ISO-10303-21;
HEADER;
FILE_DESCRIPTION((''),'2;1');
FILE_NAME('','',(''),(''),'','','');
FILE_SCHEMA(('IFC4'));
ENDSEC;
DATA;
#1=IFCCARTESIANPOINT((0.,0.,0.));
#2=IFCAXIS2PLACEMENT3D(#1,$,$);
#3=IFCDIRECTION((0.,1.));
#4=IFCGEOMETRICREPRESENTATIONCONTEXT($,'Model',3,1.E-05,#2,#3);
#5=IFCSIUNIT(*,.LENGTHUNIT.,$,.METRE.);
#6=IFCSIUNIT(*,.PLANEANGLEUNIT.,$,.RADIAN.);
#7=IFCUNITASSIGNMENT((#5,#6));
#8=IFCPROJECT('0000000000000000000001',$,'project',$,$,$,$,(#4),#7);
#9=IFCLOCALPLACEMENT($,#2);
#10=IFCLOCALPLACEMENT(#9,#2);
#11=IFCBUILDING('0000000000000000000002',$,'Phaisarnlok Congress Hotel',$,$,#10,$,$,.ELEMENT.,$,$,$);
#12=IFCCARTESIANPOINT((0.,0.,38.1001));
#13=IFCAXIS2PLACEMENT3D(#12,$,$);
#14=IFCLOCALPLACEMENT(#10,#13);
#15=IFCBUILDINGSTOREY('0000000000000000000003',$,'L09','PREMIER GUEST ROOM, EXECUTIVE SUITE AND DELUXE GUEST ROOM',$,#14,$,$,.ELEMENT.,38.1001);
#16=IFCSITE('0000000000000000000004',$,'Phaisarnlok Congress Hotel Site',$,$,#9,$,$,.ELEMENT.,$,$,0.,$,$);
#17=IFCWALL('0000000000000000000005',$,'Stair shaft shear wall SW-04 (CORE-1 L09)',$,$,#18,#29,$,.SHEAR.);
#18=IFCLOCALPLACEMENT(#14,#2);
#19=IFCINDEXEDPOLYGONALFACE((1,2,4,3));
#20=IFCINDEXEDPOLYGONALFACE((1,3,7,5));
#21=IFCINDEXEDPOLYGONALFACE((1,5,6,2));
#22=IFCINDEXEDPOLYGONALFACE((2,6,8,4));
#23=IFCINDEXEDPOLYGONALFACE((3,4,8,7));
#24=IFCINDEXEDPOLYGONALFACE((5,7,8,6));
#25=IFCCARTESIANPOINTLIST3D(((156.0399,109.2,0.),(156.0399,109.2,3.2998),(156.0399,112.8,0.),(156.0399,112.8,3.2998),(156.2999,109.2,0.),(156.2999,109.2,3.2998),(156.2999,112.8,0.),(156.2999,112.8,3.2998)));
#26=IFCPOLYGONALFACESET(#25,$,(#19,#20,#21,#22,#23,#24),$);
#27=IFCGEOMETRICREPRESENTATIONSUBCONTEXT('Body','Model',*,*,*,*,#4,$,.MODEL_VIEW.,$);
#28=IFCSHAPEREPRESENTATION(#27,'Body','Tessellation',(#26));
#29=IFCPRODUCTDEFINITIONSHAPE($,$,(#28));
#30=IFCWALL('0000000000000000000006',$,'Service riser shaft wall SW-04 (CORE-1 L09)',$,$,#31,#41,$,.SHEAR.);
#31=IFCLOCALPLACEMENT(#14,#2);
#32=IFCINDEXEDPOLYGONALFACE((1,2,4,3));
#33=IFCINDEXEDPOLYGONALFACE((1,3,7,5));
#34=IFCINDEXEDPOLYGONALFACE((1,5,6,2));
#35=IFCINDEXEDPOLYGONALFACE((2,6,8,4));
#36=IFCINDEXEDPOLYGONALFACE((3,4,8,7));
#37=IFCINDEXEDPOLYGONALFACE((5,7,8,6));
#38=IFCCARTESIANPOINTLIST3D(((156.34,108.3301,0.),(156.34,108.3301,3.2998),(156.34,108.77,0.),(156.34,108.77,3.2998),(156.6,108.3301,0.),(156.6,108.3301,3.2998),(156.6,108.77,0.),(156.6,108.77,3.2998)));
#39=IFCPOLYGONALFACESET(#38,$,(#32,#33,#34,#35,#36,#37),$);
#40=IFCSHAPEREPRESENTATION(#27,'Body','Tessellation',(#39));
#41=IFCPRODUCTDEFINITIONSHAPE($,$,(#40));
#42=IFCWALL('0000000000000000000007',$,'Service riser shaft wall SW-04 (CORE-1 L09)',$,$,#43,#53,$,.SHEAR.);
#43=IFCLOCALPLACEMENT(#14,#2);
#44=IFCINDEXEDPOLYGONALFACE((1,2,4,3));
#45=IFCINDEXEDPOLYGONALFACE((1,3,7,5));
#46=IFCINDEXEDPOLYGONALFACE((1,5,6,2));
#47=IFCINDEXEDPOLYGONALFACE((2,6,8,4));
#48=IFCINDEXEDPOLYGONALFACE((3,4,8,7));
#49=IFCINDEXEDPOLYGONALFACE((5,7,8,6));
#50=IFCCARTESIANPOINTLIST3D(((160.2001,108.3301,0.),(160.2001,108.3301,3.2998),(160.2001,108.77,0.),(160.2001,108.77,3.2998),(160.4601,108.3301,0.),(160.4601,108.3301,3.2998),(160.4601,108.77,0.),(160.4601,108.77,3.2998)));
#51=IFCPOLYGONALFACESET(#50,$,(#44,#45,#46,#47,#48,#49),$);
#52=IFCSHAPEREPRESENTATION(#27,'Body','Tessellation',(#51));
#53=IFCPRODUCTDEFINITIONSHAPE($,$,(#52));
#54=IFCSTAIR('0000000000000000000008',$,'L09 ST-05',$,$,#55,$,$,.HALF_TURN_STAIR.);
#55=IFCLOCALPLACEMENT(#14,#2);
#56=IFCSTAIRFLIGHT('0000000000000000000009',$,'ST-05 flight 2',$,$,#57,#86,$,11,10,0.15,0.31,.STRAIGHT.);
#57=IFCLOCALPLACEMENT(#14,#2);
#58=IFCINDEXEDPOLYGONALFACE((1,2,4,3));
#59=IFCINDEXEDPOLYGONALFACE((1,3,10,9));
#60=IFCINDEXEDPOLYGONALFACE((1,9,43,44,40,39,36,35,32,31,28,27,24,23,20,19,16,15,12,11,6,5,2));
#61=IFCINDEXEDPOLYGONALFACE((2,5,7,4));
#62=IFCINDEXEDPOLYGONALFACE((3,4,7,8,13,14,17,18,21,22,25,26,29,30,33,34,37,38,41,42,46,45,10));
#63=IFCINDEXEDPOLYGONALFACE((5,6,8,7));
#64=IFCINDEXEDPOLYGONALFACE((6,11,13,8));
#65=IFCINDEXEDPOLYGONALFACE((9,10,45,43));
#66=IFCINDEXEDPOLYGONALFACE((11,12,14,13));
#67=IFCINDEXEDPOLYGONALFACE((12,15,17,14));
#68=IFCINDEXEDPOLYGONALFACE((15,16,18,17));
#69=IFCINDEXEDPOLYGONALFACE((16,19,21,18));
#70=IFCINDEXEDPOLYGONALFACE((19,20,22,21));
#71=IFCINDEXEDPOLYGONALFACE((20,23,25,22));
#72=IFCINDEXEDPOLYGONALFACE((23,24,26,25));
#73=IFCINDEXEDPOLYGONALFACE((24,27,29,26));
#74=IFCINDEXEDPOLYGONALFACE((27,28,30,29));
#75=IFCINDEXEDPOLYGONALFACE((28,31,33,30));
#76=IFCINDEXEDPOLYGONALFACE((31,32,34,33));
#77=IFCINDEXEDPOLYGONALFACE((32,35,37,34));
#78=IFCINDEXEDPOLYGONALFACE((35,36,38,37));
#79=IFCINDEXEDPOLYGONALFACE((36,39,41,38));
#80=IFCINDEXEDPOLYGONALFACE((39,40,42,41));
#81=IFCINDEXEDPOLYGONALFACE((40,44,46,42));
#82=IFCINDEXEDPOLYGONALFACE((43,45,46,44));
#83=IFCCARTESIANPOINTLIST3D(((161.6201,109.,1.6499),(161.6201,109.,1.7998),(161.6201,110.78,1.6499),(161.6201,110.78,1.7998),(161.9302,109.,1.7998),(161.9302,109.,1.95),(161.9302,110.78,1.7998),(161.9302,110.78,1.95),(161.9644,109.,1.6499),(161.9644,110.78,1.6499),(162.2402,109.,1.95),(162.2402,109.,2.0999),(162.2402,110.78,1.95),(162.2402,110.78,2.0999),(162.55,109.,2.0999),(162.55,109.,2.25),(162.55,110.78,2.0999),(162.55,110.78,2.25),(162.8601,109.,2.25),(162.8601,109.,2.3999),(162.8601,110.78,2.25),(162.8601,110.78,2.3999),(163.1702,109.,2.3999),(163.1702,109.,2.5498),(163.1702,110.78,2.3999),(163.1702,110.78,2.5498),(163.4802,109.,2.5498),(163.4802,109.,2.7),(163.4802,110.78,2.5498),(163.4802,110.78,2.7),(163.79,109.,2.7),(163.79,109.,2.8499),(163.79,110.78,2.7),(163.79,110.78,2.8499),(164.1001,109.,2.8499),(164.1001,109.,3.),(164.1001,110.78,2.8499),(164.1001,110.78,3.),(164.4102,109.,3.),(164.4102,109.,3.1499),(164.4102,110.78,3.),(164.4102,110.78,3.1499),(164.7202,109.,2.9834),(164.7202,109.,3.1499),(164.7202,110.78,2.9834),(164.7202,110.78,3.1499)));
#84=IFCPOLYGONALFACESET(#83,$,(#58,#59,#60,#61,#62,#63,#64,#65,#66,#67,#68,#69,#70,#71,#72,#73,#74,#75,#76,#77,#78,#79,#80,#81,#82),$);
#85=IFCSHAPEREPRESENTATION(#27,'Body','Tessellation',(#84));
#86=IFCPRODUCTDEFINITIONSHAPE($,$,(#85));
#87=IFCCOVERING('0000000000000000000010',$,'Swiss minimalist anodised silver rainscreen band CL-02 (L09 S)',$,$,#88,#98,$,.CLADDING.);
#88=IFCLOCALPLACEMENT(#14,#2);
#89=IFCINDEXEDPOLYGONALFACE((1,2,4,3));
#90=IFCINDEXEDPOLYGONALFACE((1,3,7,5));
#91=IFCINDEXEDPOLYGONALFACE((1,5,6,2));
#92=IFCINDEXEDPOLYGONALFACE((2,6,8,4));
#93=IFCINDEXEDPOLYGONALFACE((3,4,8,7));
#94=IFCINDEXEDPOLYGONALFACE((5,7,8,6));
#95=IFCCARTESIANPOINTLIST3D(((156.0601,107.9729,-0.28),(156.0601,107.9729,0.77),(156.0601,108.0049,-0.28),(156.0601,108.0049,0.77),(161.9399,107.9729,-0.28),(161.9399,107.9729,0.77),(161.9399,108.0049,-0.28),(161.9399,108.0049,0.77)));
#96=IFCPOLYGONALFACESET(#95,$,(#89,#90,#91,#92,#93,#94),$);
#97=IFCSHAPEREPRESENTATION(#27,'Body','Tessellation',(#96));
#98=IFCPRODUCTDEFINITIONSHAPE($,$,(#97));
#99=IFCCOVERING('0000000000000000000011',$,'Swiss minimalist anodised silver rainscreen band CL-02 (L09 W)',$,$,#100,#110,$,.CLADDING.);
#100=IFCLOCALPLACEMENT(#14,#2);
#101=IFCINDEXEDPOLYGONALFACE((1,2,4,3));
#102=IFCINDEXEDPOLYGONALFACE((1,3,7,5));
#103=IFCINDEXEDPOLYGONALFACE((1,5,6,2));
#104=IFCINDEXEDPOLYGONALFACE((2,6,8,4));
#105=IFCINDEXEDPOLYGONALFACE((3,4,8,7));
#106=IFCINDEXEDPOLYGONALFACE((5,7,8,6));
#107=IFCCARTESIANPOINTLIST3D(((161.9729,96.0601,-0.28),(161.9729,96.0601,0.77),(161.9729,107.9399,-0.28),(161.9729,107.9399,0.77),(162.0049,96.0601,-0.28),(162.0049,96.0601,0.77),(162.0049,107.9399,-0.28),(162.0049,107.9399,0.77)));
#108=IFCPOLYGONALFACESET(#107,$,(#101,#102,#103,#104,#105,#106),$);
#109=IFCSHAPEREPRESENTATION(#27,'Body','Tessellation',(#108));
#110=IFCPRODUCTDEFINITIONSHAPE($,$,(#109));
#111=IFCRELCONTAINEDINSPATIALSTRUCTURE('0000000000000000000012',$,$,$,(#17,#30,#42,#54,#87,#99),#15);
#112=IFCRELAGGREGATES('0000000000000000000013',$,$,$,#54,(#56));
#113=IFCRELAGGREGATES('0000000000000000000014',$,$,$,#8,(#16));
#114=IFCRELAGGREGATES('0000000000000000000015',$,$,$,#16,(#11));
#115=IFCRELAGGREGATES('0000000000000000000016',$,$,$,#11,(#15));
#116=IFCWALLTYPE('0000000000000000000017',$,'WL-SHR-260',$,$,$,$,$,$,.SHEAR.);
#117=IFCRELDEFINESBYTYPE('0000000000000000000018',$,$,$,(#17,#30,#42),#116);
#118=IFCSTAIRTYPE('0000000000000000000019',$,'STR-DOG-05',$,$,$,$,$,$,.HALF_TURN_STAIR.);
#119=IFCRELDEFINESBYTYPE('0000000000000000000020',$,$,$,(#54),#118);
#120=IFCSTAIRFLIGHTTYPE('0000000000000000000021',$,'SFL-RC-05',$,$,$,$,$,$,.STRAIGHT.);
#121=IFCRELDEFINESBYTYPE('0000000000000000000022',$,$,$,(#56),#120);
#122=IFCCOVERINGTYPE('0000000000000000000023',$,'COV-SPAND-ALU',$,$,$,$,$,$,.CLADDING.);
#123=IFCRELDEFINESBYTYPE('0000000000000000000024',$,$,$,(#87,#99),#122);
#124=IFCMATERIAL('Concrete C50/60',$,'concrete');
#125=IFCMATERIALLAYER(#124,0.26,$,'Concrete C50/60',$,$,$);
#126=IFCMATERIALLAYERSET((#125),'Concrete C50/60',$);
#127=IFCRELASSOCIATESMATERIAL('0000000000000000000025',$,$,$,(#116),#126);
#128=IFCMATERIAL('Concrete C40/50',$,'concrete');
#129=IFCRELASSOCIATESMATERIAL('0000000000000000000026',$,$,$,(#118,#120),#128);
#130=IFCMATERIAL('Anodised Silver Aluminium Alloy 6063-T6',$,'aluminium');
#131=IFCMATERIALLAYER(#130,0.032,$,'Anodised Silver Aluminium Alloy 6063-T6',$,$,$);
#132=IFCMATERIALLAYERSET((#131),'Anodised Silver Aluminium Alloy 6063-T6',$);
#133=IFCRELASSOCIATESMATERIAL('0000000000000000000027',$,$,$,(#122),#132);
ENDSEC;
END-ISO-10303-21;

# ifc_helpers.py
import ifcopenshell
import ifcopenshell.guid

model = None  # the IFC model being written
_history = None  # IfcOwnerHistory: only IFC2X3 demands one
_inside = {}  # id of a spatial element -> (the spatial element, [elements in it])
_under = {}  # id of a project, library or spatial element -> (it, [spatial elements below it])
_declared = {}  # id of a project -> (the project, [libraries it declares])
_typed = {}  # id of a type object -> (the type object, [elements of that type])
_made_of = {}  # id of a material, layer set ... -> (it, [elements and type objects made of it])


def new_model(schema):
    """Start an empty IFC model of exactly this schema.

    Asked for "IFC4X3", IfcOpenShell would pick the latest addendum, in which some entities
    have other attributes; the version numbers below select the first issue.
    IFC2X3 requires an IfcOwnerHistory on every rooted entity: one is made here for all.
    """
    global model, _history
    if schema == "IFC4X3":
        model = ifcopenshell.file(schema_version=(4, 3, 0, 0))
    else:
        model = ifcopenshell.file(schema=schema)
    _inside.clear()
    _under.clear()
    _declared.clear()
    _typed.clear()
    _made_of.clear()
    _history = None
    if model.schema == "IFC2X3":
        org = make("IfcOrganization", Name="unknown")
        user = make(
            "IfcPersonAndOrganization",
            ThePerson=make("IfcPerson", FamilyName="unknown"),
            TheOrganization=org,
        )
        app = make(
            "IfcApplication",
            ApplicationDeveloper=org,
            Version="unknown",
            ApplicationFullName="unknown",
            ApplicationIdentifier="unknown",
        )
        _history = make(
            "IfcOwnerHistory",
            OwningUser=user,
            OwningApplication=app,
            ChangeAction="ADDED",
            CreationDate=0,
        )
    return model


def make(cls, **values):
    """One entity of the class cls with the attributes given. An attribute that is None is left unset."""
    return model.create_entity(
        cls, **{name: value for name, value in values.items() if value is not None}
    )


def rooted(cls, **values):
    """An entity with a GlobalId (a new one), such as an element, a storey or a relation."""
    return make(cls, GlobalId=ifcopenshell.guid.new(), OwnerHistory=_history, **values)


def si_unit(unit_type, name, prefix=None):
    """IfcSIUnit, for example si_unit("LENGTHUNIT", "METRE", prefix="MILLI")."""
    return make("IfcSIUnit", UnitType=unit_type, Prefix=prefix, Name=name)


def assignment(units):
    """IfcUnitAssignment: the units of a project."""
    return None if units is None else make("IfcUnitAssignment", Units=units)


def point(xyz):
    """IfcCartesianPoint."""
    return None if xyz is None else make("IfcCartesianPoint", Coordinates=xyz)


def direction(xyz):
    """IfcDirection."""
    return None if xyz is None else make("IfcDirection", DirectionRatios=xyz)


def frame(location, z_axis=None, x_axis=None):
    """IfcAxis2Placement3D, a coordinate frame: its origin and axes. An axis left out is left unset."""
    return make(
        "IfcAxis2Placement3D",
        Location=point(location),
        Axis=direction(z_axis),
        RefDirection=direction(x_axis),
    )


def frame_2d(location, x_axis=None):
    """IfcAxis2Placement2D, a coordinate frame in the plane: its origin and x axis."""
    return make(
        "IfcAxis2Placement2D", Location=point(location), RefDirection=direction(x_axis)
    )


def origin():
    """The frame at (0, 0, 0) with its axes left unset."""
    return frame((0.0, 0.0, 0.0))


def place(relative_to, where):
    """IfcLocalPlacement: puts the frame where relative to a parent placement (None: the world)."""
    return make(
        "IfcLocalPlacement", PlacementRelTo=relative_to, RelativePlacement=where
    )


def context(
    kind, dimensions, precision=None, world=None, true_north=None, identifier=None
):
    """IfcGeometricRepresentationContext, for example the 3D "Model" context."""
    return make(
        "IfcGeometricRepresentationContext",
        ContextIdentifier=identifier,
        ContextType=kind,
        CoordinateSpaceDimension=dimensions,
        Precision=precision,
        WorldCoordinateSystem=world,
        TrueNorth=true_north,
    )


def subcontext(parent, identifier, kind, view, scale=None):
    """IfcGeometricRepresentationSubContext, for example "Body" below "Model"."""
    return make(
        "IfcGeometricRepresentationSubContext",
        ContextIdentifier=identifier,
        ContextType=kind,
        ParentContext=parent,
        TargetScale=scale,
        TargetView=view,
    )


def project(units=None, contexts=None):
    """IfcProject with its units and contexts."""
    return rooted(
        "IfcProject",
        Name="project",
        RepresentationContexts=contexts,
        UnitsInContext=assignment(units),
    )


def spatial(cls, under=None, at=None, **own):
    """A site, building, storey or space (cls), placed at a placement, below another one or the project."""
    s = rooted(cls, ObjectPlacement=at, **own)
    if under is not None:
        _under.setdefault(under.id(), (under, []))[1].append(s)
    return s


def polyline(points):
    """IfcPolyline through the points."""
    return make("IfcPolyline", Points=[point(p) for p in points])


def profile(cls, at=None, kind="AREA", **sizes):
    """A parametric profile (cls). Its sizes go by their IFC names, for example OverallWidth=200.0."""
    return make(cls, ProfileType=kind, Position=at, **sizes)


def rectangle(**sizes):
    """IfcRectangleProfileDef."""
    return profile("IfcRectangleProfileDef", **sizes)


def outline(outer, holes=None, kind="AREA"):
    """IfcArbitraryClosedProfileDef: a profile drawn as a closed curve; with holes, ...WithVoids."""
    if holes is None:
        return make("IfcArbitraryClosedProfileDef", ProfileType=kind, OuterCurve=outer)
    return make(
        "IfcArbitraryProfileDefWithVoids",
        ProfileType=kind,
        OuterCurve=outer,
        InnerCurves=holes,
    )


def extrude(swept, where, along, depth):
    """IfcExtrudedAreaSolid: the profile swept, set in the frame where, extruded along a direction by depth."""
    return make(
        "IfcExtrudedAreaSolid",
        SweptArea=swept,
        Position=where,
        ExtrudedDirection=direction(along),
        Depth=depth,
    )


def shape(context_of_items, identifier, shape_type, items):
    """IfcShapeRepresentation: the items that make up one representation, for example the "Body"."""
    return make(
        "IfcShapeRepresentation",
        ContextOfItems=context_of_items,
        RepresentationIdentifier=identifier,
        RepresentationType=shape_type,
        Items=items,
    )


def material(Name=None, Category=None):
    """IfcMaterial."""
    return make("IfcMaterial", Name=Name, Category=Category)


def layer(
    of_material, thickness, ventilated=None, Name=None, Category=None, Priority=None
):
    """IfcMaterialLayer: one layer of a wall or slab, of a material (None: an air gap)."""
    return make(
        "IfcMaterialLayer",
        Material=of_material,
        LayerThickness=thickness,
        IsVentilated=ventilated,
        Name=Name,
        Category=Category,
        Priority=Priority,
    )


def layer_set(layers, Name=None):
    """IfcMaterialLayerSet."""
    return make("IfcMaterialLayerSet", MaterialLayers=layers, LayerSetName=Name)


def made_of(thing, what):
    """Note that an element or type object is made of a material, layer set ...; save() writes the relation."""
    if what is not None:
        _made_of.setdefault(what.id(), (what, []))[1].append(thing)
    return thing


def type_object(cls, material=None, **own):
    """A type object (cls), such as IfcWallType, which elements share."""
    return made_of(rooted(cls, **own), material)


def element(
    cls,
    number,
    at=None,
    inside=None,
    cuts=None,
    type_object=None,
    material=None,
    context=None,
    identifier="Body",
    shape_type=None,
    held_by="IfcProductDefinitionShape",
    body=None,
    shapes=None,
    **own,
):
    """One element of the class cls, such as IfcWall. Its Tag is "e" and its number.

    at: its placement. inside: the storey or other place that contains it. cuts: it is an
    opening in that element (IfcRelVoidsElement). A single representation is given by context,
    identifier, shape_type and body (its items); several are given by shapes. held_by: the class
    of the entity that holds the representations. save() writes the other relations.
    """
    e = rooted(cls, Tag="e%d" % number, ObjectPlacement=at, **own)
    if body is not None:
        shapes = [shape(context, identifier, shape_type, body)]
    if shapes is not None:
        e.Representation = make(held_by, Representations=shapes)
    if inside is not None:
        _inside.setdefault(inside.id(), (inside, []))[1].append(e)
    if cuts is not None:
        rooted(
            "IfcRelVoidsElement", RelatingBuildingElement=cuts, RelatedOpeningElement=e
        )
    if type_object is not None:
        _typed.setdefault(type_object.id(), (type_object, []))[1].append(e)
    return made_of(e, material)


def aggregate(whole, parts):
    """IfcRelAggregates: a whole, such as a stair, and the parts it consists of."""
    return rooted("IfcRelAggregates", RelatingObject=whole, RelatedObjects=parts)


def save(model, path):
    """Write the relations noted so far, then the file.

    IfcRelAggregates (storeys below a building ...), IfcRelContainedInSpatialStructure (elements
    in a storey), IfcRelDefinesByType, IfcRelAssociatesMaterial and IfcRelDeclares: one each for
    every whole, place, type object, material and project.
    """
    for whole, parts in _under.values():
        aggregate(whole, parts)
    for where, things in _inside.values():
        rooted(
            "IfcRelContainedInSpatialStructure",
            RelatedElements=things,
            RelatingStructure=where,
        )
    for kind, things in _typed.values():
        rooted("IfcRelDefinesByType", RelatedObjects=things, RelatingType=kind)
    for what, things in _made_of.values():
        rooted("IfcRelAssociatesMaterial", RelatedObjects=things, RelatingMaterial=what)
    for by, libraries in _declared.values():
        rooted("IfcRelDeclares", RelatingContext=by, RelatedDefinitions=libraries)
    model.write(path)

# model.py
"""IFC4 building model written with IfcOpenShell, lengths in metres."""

from ifc_helpers import new_model, si_unit, direction, frame, frame_2d, origin, place, context, subcontext, project, spatial, polyline, rectangle, outline, extrude, material, layer, layer_set, type_object, element, aggregate, save


model = new_model("IFC4")

# Units and contexts
model_context = context("Model", 3, precision=1e-05, world=origin(), true_north=direction((0.0, 1.0)))
body_context = subcontext(model_context, "Body", "Model", "MODEL_VIEW")
ifc_project = project(units=[si_unit("LENGTHUNIT", "METRE"), si_unit("PLANEANGLEUNIT", "RADIAN")], contexts=[model_context])

# Site, building, storey
site_placement = place(None, origin())
site = spatial("IfcSite", under=ifc_project, at=site_placement, Name="Phaisarnlok Congress Hotel Site", CompositionType="ELEMENT", RefElevation=0.0)
building_placement = place(site_placement, origin())
building = spatial("IfcBuilding", under=site, at=building_placement, Name="Phaisarnlok Congress Hotel", CompositionType="ELEMENT")
storey_placement = place(building_placement, frame((0.0, 0.0, 38.1001)))
storey = spatial("IfcBuildingStorey", under=building, at=storey_placement, Name="L09", Description="PREMIER GUEST ROOM, EXECUTIVE SUITE AND DELUXE GUEST ROOM", CompositionType="ELEMENT", Elevation=38.1001)

# Shared definitions
ifc_material_1 = material(Name="Concrete C50/60", Category="concrete")

# Shared definitions
ifc_material_2 = material(Name="Concrete C40/50", Category="concrete")

# Walls
ifc_layer_1 = layer(ifc_material_1, 0.26, Name="Concrete C50/60")
ifc_layer_set_1 = layer_set([ifc_layer_1], Name="Concrete C50/60")
wall_type_1 = type_object("IfcWallType", Name="WL-SHR-260", PredefinedType="SHEAR", material=ifc_layer_set_1)
wall_1_placement = place(storey_placement, frame((156.1699, 109.2, 0.0), z_axis=(0.0, 0.0, 1.0), x_axis=(0.0, 1.0, 0.0)))
element("IfcWall", 1, at=wall_1_placement, inside=storey, type_object=wall_type_1, Name="Stair shaft shear wall SW-04 (CORE-1 L09)", PredefinedType="SHEAR", context=body_context, shape_type="SweptSolid", body=[
    extrude(rectangle(XDim=3.6001, YDim=0.26, at=frame_2d((1.8, 0.0))), origin(), (0.0, 0.0, 1.0), 3.2998),
])
for number, where, z_axis, x_axis, name in (
    (2, (156.47, 108.3301, 0.0), (0.0, 0.0, 1.0), (0.0, 1.0, 0.0), "Service riser shaft wall SW-04 (CORE-1 L09)"),
    (3, (160.3301, 108.3301, 0.0), (0.0, 0.0, 1.0), (0.0, 1.0, 0.0), "Service riser shaft wall SW-04 (CORE-1 L09)"),
):
    element("IfcWall", number, at=place(storey_placement, frame(where, z_axis=z_axis, x_axis=x_axis)), inside=storey, type_object=wall_type_1, Name=name, PredefinedType="SHEAR", context=body_context, shape_type="SweptSolid", body=[
        extrude(rectangle(XDim=0.4399, YDim=0.26, at=frame_2d((0.22, 0.0))), origin(), (0.0, 0.0, 1.0), 3.2998),
    ])

# Stair, stair flight
stair_type = type_object("IfcStairType", Name="STR-DOG-05", PredefinedType="HALF_TURN_STAIR", material=ifc_material_2)
stair_placement = place(storey_placement, origin())
stair = element("IfcStair", 4, at=stair_placement, inside=storey, type_object=stair_type, Name="L09 ST-05", PredefinedType="HALF_TURN_STAIR")
stair_flight_type = type_object("IfcStairFlightType", Name="SFL-RC-05", PredefinedType="STRAIGHT", material=ifc_material_2)
stair_flight_placement = place(storey_placement, frame((161.6201, 109.8899, 1.6499), z_axis=(0.0, 0.0, 1.0), x_axis=(1.0, 0.0, 0.0)))
stair_flight = element("IfcStairFlight", 5, at=stair_flight_placement, type_object=stair_flight_type, Name="ST-05 flight 2", NumberOfRisers=11, NumberOfTreads=10, PredefinedType="STRAIGHT", RiserHeight=0.15, TreadLength=0.31, context=body_context, shape_type="SweptSolid", body=[
    extrude(outline(polyline([(0.0, 0.0), (0.0, 0.1499), (0.3101, 0.1499), (0.3101, 0.3), (0.6201, 0.3), (0.6201, 0.45), (0.9299, 0.45), (0.9299, 0.6001), (1.24, 0.6001), (1.24, 0.75), (1.55, 0.75), (1.55, 0.8999), (1.8601, 0.8999), (1.8601, 1.05), (2.1699, 1.05), (2.1699, 1.2), (2.48, 1.2), (2.48, 1.3501), (2.79, 1.3501), (2.79, 1.5), (3.1001, 1.5), (3.1001, 1.6499), (3.1001, 1.3335), (0.3442, 0.0), (0.0, 0.0)])), frame((0.0, 0.8901, 0.0), z_axis=(0.0, -1.0, 0.0), x_axis=(1.0, 0.0, 0.0)), (0.0, 0.0, 1.0), 1.78),
])
aggregate(stair, [stair_flight])

# Coverings
ifc_material_3 = material(Name="Anodised Silver Aluminium Alloy 6063-T6", Category="aluminium")
ifc_layer_2 = layer(ifc_material_3, 0.032, Name="Anodised Silver Aluminium Alloy 6063-T6")
ifc_layer_set_2 = layer_set([ifc_layer_2], Name="Anodised Silver Aluminium Alloy 6063-T6")
covering_type = type_object("IfcCoveringType", Name="COV-SPAND-ALU", PredefinedType="CLADDING", material=ifc_layer_set_2)
covering_1_placement = place(storey_placement, frame((156.0601, 108.0049, -0.28), z_axis=(0.0, -1.0, 0.0), x_axis=(1.0, 0.0, 0.0)))
element("IfcCovering", 6, at=covering_1_placement, inside=storey, type_object=covering_type, Name="Swiss minimalist anodised silver rainscreen band CL-02 (L09 S)", PredefinedType="CLADDING", context=body_context, shape_type="SweptSolid", body=[
    extrude(outline(polyline([(0.0, 0.0), (5.8799, 0.0), (5.8799, 1.05), (0.0, 1.05), (0.0, 0.0)])), origin(), (0.0, 0.0, 1.0), 0.032),
])
covering_2_placement = place(storey_placement, frame((162.0049, 107.9399, -0.28), z_axis=(-1.0, 0.0, 0.0), x_axis=(0.0, -1.0, 0.0)))
element("IfcCovering", 7, at=covering_2_placement, inside=storey, type_object=covering_type, Name="Swiss minimalist anodised silver rainscreen band CL-02 (L09 W)", PredefinedType="CLADDING", context=body_context, shape_type="SweptSolid", body=[
    extrude(outline(polyline([(0.0, 0.0), (11.8799, 0.0), (11.8799, 1.05), (0.0, 1.05), (0.0, 0.0)])), origin(), (0.0, 0.0, 1.0), 0.032),
])

save(model, "model.ifc")
